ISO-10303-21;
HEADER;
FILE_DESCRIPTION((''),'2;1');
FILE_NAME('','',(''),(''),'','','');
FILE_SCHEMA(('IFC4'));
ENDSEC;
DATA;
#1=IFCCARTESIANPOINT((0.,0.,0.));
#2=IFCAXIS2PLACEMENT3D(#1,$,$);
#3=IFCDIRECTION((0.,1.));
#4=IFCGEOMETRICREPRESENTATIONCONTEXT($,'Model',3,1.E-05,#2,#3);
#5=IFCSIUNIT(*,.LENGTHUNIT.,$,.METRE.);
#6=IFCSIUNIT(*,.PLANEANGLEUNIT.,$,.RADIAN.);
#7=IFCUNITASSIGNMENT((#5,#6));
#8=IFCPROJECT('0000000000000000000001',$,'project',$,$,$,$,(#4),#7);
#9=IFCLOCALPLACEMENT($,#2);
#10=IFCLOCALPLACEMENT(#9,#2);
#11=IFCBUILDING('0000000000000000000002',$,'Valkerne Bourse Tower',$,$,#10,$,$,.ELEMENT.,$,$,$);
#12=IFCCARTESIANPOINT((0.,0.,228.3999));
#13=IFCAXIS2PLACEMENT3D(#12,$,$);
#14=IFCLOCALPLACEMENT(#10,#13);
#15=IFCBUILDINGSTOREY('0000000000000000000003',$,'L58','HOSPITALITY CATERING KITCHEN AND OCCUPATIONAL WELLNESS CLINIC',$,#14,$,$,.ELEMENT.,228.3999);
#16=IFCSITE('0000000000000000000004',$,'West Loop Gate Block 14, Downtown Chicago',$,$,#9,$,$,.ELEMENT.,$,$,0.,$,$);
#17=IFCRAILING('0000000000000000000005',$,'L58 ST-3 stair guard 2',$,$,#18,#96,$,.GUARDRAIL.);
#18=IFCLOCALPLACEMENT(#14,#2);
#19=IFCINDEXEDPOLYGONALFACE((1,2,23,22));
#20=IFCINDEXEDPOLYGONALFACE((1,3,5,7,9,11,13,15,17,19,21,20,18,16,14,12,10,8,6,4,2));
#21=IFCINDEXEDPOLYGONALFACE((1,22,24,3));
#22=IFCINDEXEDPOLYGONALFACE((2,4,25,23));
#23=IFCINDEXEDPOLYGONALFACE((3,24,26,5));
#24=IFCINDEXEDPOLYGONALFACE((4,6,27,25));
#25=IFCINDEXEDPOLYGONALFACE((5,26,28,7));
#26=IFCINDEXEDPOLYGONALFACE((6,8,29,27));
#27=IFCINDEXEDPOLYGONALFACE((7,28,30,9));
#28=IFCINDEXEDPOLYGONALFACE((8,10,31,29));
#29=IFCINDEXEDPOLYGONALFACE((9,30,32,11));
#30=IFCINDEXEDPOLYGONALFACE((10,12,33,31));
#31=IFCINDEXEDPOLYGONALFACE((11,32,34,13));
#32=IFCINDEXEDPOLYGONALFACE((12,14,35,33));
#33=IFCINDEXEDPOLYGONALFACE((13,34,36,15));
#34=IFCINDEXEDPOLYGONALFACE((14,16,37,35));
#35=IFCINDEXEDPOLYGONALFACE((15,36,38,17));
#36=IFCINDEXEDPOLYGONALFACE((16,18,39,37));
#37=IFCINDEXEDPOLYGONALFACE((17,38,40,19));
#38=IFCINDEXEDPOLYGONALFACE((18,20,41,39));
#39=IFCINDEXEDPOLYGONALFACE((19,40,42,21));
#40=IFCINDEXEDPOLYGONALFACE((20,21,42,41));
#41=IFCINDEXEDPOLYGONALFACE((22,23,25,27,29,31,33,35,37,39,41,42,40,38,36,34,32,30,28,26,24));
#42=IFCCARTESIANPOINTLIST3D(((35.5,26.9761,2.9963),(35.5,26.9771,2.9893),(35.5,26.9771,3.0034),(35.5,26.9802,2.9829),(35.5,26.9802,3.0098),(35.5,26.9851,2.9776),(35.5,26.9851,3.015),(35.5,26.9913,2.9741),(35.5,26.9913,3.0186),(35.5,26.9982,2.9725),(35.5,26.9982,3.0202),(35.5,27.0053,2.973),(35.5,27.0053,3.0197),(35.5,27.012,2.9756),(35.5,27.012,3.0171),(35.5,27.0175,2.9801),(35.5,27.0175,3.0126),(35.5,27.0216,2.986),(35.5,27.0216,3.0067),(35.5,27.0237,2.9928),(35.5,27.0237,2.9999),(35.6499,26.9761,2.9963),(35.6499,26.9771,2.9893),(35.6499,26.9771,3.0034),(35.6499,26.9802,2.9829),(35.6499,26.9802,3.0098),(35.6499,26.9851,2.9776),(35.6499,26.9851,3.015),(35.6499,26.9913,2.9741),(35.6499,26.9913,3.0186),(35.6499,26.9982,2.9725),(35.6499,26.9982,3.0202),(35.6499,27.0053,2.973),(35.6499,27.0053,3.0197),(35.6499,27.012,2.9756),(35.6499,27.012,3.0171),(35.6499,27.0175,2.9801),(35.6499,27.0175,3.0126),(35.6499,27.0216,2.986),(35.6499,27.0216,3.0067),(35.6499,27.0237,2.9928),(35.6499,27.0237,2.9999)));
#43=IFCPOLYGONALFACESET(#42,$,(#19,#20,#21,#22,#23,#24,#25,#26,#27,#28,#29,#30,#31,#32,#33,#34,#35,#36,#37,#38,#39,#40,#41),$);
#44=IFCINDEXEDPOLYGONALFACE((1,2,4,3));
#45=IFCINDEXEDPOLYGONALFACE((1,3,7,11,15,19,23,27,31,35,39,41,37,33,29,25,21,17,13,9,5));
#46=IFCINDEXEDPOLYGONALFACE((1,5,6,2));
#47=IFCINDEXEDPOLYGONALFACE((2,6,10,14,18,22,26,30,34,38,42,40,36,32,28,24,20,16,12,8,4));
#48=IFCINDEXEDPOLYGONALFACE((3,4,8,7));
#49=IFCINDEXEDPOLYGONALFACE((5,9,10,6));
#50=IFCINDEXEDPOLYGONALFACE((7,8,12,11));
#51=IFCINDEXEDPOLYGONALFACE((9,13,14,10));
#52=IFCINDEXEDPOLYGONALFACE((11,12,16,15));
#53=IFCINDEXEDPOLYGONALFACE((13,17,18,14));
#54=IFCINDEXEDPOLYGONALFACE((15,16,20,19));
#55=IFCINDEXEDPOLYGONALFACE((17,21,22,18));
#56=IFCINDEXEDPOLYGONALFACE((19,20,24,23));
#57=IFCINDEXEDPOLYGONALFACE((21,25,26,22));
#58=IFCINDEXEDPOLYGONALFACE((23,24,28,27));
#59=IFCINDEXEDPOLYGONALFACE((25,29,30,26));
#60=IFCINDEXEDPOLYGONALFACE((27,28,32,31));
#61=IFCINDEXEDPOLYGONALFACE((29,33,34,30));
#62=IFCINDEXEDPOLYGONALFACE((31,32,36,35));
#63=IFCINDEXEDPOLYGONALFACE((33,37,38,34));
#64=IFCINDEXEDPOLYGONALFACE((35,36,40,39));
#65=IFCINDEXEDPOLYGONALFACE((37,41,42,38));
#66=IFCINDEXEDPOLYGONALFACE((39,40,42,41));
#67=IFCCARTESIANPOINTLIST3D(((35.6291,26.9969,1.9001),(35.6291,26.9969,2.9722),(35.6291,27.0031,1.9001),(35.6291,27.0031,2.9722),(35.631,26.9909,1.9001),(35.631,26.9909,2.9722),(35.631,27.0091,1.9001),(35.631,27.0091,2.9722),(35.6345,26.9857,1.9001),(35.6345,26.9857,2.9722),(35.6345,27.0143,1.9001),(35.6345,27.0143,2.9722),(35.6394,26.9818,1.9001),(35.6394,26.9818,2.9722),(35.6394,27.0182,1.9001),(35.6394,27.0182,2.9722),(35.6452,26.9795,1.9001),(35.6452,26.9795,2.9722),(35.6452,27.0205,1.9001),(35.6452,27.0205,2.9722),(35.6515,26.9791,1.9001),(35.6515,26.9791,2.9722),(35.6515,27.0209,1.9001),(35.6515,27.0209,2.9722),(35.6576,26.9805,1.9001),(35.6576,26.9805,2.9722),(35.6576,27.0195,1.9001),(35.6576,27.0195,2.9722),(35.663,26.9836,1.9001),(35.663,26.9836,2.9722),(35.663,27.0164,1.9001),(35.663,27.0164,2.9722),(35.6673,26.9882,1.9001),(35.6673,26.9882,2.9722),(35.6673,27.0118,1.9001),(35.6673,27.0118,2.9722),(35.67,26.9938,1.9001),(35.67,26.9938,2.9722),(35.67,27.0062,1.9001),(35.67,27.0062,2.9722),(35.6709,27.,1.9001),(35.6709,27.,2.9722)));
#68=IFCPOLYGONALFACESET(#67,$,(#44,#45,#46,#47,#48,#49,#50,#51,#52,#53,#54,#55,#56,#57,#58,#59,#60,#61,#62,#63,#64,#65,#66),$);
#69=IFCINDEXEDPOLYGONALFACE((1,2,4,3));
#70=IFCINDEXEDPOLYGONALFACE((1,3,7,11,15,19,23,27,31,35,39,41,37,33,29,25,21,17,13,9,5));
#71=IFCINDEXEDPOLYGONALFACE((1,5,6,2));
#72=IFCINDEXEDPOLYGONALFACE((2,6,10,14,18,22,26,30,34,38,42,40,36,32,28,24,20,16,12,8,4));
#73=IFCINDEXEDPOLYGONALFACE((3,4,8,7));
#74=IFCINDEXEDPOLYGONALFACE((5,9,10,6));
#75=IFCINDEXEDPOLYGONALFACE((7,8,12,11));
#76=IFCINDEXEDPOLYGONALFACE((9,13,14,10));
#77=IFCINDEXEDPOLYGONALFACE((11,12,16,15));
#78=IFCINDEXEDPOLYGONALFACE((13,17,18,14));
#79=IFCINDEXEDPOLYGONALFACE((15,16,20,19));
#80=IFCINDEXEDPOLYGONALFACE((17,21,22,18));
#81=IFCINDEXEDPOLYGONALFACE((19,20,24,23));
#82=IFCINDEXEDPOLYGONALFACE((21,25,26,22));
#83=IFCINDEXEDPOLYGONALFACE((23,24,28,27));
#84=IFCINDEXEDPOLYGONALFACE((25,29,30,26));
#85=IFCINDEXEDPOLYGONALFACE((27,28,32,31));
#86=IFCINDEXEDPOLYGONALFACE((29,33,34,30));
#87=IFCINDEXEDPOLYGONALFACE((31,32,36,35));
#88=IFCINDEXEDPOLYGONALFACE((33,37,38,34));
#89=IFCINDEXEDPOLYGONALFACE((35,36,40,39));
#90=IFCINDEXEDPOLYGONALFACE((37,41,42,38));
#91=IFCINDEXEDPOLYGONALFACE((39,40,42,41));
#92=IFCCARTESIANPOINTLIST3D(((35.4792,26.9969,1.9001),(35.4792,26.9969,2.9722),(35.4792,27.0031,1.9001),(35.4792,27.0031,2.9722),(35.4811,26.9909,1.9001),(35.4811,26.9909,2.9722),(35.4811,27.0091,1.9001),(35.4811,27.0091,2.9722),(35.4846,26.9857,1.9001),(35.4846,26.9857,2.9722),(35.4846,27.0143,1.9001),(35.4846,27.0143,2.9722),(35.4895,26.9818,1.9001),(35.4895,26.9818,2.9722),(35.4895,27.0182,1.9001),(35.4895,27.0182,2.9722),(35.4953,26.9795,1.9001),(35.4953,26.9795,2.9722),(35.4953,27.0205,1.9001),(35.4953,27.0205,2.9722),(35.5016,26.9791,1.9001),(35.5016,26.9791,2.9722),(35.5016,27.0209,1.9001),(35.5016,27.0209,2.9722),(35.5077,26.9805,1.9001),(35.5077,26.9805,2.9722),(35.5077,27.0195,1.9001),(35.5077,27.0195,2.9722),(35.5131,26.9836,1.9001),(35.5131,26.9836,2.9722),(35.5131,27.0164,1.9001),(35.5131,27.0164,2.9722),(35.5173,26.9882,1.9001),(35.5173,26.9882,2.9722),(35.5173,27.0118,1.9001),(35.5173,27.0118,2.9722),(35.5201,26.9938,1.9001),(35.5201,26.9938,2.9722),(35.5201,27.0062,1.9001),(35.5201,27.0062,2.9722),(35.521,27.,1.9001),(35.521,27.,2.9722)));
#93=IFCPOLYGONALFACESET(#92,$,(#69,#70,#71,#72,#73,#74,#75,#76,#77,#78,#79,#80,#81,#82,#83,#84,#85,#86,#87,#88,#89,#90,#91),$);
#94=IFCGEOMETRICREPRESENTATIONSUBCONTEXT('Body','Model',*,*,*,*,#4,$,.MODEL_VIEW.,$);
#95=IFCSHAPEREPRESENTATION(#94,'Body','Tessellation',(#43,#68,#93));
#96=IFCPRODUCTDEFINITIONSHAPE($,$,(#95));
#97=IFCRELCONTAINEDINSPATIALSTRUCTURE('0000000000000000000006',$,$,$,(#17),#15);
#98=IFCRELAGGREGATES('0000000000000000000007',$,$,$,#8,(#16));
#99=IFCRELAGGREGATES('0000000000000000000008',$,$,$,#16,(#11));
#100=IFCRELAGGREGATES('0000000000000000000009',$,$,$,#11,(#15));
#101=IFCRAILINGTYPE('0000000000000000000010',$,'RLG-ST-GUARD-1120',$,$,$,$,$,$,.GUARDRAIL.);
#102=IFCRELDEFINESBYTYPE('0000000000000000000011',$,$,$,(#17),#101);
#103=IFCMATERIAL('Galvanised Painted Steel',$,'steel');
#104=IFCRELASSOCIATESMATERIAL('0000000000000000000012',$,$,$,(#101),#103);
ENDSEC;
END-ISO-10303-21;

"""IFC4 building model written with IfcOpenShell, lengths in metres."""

from ifc_helpers import new_model, si_unit, direction, frame, origin, origin_2d, place, context, subcontext, project, spatial, circle, extrude, material, type_object, element, save


model = new_model("IFC4")

# Units and contexts
model_context = context("Model", 3, precision=1e-05, world=origin(), true_north=direction((0.0, 1.0)))
body_context = subcontext(model_context, "Body", "Model", "MODEL_VIEW")
ifc_project = project(units=[si_unit("LENGTHUNIT", "METRE"), si_unit("PLANEANGLEUNIT", "RADIAN")], contexts=[model_context])

# Site, building, storey
site_placement = place(None, origin())
site = spatial("IfcSite", under=ifc_project, at=site_placement, Name="West Loop Gate Block 14, Downtown Chicago", CompositionType="ELEMENT", RefElevation=0.0)
building_placement = place(site_placement, origin())
building = spatial("IfcBuilding", under=site, at=building_placement, Name="Valkerne Bourse Tower", CompositionType="ELEMENT")
storey_placement = place(building_placement, frame((0.0, 0.0, 228.3999)))
storey = spatial("IfcBuildingStorey", under=building, at=storey_placement, Name="L58", Description="HOSPITALITY CATERING KITCHEN AND OCCUPATIONAL WELLNESS CLINIC", CompositionType="ELEMENT", Elevation=228.3999)

# Railing
ifc_material_1 = material(Name="Galvanised Painted Steel", Category="steel")
railing_type_1 = type_object("IfcRailingType", Name="RLG-ST-GUARD-1120", PredefinedType="GUARDRAIL", material=ifc_material_1)
railing_1_placement = place(storey_placement, frame((35.6499, 27.0, 1.9001)))
element("IfcRailing", 1, at=railing_1_placement, inside=storey, type_object=railing_type_1, Name="L58 ST-3 stair guard 2", PredefinedType="GUARDRAIL", context=body_context, shape_type="SweptSolid", body=[
    extrude(circle(Radius=0.0239, at=origin_2d()), frame((0.0, 0.0, 1.0962), z_axis=(-1.0, 0.0, 0.0), x_axis=(0.0, -1.0, 0.0)), (0.0, 0.0, 1.0), 0.1499),
    extrude(circle(Radius=0.021, at=origin_2d()), origin(), (0.0, 0.0, 1.0), 1.072),
    extrude(circle(Radius=0.021, at=origin_2d()), frame((-0.1499, 0.0, 0.0)), (0.0, 0.0, 1.0), 1.072),
])

save(model, "model.ifc")
